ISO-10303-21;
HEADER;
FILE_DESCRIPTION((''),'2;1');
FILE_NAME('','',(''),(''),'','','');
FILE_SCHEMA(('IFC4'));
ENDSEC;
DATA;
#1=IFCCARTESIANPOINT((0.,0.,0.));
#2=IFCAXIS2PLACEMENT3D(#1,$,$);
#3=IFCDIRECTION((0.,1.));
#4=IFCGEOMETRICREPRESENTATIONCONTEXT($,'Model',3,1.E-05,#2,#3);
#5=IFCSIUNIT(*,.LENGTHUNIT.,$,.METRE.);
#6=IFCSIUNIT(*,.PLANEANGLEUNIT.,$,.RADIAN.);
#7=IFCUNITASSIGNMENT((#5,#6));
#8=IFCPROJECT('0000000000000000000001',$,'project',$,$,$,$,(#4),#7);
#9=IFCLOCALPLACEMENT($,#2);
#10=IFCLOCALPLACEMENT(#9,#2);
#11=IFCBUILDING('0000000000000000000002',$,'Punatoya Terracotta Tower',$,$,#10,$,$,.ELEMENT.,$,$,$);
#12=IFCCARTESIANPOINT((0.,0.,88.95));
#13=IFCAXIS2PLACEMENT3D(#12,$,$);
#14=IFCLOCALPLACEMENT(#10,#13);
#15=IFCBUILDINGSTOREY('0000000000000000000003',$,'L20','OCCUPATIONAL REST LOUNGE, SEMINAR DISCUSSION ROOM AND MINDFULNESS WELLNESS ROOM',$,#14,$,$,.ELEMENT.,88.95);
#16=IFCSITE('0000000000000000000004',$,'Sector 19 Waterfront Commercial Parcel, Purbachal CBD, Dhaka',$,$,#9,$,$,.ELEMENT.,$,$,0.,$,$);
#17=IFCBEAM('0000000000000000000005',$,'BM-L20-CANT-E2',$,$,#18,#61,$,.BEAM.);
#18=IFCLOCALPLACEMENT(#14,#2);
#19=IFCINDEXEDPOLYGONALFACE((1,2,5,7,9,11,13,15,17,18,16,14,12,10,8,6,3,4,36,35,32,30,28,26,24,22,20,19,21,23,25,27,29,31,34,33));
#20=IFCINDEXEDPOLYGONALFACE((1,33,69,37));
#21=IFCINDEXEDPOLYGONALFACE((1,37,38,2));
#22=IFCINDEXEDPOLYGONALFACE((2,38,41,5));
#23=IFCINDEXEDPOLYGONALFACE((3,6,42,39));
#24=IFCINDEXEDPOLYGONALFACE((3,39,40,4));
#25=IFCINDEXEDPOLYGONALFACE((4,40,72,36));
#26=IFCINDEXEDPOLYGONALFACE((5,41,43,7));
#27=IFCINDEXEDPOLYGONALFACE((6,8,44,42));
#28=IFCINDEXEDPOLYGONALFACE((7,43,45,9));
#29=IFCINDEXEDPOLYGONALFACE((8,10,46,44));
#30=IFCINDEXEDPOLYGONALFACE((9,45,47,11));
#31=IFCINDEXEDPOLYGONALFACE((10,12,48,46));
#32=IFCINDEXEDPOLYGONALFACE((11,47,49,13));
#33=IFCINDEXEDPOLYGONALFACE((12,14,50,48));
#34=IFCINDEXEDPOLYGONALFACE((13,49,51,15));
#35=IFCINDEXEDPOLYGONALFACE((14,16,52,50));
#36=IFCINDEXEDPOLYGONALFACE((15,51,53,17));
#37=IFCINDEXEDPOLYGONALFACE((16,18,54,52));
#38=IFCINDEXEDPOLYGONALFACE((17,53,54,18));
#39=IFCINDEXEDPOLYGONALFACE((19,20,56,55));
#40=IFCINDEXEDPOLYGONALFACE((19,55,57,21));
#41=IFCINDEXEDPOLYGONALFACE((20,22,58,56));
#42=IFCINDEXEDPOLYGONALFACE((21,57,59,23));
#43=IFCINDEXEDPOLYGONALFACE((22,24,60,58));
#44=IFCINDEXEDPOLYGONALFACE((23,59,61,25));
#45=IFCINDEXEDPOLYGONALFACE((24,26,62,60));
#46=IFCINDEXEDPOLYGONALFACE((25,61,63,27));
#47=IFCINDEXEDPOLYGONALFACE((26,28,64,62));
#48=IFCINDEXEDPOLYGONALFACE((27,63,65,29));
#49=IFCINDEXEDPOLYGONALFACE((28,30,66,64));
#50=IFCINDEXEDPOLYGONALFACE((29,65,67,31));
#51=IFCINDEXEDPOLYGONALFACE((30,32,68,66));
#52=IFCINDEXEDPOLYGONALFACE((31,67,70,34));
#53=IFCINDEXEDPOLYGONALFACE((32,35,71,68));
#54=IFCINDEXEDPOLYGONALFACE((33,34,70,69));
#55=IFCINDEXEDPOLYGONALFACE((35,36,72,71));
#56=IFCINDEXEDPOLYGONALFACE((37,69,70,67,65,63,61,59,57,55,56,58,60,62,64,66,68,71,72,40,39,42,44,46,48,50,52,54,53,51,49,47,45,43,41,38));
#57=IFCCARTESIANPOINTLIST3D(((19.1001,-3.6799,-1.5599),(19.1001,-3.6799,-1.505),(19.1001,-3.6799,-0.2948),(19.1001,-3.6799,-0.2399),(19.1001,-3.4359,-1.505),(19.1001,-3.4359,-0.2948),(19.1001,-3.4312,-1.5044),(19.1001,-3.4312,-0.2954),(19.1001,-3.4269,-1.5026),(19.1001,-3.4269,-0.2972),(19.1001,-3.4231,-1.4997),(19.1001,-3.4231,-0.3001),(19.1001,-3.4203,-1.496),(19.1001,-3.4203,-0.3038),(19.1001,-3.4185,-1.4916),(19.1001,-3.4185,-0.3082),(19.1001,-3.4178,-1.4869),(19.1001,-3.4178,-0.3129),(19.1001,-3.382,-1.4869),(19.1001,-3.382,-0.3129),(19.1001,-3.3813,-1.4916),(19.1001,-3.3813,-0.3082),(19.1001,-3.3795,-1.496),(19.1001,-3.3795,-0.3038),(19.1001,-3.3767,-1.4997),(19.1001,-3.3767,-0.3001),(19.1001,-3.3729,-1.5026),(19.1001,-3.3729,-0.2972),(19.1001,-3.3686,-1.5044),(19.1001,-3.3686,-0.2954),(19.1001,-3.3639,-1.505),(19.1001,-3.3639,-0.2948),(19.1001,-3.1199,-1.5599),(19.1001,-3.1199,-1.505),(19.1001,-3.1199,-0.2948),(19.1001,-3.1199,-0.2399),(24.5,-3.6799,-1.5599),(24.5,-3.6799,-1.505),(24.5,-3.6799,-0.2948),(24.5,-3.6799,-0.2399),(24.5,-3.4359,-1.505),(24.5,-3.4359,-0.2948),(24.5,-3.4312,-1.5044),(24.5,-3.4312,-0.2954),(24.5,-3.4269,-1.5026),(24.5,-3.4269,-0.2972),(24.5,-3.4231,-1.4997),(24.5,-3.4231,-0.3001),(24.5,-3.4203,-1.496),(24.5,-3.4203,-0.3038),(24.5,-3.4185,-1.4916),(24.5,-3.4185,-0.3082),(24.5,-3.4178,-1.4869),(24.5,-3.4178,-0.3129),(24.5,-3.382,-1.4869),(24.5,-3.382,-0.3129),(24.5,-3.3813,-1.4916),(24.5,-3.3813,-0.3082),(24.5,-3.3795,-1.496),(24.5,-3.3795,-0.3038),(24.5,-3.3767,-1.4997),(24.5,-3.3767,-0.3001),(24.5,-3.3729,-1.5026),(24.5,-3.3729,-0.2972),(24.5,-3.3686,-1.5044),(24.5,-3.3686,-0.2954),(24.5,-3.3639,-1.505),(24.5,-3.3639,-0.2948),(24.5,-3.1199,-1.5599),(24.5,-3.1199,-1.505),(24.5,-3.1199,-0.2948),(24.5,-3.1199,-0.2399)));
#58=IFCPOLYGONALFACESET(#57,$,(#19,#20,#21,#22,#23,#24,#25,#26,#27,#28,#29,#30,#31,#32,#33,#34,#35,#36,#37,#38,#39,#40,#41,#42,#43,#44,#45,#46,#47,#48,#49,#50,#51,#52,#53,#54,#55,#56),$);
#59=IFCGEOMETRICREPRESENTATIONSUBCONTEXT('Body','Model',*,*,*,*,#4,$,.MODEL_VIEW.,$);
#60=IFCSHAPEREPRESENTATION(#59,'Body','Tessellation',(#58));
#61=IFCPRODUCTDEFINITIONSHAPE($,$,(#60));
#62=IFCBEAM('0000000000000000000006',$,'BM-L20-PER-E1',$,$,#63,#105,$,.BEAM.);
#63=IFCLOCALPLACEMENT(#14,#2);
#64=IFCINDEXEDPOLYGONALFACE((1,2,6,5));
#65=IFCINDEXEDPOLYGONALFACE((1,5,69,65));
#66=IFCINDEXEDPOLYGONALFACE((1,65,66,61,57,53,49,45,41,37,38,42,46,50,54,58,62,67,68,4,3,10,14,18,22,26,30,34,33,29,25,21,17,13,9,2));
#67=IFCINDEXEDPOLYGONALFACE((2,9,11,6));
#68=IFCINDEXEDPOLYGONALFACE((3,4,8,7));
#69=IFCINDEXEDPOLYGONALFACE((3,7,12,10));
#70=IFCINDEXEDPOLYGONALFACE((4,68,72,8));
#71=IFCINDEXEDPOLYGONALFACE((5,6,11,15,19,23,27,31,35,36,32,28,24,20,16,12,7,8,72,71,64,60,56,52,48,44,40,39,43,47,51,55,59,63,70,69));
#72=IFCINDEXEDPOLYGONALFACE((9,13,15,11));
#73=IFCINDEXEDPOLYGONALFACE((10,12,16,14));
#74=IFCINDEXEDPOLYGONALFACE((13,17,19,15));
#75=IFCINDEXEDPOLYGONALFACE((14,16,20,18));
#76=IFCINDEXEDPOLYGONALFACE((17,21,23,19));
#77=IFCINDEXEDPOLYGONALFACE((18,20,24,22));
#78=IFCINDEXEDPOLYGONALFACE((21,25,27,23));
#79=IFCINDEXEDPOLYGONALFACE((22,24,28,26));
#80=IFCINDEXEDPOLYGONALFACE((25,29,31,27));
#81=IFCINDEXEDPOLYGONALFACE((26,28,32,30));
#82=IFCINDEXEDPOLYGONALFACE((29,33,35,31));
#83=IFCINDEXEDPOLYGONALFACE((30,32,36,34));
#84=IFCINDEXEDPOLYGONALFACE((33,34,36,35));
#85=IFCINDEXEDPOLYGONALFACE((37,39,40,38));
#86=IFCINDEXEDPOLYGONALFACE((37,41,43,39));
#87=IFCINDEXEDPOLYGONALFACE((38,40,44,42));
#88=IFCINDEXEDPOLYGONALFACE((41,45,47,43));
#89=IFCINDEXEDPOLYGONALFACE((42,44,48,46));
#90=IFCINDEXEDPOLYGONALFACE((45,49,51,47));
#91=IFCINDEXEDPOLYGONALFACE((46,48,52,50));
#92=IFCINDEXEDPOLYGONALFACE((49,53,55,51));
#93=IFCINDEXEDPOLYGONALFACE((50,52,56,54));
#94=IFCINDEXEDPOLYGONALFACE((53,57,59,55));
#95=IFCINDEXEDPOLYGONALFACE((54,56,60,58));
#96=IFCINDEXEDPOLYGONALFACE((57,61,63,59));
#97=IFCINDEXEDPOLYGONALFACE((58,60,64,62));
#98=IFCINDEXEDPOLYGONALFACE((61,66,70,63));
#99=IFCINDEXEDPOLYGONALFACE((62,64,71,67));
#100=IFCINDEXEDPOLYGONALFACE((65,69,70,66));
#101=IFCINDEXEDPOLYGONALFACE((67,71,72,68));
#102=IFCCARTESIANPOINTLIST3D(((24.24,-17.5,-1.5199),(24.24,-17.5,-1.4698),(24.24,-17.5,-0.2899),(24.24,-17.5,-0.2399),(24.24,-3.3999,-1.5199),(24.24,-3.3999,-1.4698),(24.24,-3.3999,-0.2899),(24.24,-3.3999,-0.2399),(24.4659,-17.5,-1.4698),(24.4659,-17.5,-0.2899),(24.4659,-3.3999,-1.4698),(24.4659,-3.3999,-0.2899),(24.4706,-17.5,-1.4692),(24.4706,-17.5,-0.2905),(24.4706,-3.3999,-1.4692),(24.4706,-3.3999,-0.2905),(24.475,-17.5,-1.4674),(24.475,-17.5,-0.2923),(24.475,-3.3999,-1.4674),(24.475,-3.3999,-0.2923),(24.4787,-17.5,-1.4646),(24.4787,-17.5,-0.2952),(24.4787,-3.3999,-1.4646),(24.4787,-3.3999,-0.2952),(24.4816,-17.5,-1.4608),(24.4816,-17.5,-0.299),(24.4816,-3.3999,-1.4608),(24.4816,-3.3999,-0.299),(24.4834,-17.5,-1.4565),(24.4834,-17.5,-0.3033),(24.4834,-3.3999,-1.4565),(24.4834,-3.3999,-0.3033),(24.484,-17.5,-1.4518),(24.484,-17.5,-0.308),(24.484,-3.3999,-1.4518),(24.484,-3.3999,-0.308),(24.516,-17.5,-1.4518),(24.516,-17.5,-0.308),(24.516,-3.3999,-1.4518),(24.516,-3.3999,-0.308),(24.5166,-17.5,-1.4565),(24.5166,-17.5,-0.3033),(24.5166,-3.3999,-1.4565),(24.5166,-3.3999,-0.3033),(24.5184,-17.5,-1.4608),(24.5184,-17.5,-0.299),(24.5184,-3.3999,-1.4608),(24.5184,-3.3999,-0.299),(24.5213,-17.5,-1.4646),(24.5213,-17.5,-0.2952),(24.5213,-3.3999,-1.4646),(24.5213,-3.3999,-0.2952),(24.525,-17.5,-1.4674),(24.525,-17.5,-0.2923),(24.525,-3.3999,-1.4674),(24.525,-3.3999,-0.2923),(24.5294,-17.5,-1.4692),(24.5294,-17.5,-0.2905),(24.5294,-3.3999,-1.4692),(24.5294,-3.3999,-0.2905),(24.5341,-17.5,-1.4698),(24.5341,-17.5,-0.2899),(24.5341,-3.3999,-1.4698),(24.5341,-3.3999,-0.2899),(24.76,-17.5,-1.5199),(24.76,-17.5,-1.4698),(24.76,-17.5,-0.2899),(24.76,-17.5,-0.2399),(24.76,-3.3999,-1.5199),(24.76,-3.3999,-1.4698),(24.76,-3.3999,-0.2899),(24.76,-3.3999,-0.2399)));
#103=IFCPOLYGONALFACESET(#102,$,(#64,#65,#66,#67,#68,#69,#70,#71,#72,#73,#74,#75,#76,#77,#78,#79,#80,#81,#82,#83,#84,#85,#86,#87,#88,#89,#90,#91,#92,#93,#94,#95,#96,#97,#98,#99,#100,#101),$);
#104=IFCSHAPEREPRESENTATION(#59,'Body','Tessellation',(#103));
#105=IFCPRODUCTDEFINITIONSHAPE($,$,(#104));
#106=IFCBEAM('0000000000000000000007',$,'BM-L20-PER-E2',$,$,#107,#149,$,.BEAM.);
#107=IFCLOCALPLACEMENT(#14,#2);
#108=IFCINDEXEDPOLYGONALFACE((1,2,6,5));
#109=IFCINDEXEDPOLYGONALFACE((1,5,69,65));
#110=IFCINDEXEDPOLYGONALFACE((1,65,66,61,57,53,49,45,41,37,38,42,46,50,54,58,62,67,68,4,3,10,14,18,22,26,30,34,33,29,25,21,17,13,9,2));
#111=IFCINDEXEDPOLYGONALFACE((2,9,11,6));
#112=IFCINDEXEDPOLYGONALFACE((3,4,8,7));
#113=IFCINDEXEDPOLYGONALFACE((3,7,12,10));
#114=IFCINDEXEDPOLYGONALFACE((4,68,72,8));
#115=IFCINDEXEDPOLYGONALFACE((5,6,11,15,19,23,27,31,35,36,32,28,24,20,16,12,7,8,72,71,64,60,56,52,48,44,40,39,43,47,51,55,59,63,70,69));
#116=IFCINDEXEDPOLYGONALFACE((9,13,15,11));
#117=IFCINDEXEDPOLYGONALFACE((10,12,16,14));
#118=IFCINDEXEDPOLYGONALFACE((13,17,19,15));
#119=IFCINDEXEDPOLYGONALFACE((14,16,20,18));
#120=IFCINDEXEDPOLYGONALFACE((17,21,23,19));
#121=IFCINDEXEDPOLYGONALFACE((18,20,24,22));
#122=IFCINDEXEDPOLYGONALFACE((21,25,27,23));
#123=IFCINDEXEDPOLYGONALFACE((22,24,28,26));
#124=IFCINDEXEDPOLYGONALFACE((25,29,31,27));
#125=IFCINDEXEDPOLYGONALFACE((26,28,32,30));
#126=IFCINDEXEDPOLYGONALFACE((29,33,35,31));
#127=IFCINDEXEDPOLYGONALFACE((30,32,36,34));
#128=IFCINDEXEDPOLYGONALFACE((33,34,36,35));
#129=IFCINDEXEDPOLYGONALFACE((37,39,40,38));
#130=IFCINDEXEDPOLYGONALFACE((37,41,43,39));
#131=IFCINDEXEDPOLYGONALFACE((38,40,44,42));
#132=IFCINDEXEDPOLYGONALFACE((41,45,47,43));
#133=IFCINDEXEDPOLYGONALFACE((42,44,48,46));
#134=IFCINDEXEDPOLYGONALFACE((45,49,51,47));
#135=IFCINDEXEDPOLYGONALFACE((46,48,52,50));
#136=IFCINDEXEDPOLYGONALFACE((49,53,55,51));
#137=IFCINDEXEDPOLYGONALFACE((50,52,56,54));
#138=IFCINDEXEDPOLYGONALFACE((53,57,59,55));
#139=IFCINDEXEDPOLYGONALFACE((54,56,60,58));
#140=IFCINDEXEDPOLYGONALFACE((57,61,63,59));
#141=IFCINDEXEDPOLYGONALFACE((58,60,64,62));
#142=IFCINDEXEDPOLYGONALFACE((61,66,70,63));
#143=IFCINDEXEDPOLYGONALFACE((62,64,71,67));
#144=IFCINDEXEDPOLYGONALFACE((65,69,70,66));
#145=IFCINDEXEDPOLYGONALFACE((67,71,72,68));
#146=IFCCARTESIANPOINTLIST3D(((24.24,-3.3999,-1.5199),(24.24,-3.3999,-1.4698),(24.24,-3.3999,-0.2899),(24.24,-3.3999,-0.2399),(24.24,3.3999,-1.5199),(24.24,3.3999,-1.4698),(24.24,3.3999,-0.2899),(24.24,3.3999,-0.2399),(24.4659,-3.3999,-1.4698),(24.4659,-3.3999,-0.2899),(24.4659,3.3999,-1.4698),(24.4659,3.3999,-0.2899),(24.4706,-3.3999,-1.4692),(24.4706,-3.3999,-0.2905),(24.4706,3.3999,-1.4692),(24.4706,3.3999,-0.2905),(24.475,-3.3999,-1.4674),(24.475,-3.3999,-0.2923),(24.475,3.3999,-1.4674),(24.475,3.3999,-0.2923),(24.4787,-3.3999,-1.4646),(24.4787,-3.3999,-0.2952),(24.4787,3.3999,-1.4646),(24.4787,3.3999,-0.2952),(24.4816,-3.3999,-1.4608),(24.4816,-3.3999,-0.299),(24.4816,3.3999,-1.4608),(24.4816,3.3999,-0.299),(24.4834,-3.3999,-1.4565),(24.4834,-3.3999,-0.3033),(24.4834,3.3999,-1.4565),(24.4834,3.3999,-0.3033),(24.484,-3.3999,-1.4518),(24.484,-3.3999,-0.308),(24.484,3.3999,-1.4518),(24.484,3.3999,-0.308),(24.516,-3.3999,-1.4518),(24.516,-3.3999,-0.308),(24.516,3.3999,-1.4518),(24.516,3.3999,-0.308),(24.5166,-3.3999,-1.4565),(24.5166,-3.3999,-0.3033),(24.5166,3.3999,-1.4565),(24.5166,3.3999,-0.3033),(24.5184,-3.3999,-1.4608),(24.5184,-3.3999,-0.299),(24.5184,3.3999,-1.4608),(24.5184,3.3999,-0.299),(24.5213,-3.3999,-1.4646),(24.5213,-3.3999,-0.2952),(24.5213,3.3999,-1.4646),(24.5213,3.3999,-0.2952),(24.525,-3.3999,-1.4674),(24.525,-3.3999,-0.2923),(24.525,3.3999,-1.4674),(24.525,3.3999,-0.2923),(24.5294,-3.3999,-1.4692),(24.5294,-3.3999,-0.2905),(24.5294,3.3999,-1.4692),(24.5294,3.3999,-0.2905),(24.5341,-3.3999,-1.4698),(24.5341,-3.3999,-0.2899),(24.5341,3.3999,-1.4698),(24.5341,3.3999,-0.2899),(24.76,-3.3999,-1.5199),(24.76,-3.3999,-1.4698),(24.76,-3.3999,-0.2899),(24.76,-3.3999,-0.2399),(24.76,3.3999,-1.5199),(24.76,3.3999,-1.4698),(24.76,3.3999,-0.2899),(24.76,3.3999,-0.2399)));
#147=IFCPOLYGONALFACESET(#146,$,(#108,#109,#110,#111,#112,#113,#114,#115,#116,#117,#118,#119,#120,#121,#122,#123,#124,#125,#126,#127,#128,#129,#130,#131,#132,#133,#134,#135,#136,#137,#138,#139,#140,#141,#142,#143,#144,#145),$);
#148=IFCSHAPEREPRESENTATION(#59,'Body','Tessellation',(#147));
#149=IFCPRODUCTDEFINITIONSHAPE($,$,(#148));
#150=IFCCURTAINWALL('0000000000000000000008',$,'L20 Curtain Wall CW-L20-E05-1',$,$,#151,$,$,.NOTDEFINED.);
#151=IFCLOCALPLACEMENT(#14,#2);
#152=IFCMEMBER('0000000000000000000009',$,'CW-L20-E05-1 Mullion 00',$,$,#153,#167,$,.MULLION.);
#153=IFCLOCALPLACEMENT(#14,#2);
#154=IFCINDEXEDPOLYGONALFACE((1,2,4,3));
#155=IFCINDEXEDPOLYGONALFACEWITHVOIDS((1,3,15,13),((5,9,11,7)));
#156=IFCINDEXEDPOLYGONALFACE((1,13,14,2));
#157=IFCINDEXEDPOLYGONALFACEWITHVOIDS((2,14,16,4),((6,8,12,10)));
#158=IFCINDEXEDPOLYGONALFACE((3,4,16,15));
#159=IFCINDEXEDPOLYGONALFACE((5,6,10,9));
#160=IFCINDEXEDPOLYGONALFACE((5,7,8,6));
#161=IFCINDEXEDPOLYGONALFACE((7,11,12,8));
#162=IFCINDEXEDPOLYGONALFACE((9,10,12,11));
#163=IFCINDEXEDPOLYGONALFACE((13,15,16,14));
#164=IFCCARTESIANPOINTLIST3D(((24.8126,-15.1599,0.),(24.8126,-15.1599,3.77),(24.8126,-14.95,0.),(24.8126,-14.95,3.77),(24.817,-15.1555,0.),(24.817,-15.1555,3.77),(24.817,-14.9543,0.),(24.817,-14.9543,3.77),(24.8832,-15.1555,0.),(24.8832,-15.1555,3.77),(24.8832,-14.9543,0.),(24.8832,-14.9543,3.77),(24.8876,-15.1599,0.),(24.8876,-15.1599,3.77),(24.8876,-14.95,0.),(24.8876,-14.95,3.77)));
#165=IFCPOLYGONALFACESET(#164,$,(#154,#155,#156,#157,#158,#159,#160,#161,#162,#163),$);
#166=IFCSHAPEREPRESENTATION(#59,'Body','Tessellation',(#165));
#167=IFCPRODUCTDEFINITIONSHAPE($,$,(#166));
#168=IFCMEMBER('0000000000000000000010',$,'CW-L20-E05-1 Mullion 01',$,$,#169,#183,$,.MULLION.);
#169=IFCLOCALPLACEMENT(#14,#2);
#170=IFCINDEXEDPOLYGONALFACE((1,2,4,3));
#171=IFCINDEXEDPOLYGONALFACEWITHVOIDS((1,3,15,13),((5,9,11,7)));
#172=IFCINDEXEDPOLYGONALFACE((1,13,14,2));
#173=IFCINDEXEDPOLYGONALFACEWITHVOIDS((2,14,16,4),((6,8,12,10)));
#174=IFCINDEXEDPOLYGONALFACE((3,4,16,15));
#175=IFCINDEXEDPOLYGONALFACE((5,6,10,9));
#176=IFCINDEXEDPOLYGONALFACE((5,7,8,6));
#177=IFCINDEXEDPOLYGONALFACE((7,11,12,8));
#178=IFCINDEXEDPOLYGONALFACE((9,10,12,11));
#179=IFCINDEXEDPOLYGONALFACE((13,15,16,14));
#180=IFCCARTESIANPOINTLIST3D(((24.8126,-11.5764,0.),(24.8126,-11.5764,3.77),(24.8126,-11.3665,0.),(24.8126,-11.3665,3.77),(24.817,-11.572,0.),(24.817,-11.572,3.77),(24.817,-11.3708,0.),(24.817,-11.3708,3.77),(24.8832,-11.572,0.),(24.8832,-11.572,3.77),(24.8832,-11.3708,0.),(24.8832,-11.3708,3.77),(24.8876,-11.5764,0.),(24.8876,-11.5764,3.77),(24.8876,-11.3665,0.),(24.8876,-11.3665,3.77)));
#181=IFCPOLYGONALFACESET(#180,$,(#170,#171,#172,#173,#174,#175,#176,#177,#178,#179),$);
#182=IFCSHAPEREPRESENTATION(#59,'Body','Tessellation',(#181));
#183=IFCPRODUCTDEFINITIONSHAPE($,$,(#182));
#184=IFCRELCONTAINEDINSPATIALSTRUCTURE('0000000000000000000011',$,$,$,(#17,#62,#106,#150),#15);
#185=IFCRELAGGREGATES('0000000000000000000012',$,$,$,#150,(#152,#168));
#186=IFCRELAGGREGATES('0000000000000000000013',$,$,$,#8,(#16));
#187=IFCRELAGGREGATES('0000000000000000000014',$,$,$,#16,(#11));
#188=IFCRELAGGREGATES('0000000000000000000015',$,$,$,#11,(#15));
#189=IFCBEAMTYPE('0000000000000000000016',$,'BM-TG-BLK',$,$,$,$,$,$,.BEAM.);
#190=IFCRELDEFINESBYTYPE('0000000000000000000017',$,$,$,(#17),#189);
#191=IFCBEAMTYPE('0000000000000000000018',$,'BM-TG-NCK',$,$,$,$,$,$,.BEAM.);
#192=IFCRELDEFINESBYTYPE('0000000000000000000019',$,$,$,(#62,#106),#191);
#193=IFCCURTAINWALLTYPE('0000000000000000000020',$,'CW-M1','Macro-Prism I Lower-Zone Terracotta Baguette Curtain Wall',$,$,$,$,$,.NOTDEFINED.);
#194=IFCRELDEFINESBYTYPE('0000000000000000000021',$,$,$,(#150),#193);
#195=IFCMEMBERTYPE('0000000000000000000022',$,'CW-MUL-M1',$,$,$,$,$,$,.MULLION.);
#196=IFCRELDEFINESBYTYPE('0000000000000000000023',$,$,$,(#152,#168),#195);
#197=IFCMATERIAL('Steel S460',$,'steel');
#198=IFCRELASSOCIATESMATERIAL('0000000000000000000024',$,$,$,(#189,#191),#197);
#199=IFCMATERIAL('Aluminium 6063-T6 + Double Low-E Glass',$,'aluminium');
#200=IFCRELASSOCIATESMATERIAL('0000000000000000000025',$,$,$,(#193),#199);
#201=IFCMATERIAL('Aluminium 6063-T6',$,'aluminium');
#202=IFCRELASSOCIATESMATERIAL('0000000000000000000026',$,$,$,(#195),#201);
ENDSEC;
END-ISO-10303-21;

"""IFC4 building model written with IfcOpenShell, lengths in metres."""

from ifc_helpers import new_model, si_unit, direction, frame, origin, origin_2d, place, context, subcontext, project, spatial, hollow_rectangle, i_section, extrude, material, material_profile, profile_set, type_object, element, aggregate, save


model = new_model("IFC4")

# Units and contexts
model_context = context("Model", 3, precision=1e-05, world=origin(), true_north=direction((0.0, 1.0)))
body_context = subcontext(model_context, "Body", "Model", "MODEL_VIEW")
ifc_project = project(units=[si_unit("LENGTHUNIT", "METRE"), si_unit("PLANEANGLEUNIT", "RADIAN")], contexts=[model_context])

# Site, building, storey
site_placement = place(None, origin())
site = spatial("IfcSite", under=ifc_project, at=site_placement, Name="Sector 19 Waterfront Commercial Parcel, Purbachal CBD, Dhaka", CompositionType="ELEMENT", RefElevation=0.0)
building_placement = place(site_placement, origin())
building = spatial("IfcBuilding", under=site, at=building_placement, Name="Punatoya Terracotta Tower", CompositionType="ELEMENT")
storey_placement = place(building_placement, frame((0.0, 0.0, 88.95)))
storey = spatial("IfcBuildingStorey", under=building, at=storey_placement, Name="L20", Description="OCCUPATIONAL REST LOUNGE, SEMINAR DISCUSSION ROOM AND MINDFULNESS WELLNESS ROOM", CompositionType="ELEMENT", Elevation=88.95)

# Shared definitions
ifc_material_1 = material(Name="Steel S460", Category="steel")

# Beams
ifc_material_profile_1 = material_profile(ifc_material_1, i_section(OverallWidth=0.5601, OverallDepth=1.3201, WebThickness=0.0359, FlangeThickness=0.0549, FilletRadius=0.0181, at=origin_2d()))
ifc_profile_set_1 = profile_set([ifc_material_profile_1], Name="Steel S460")
beam_type_1 = type_object("IfcBeamType", Name="BM-TG-BLK", PredefinedType="BEAM", material=ifc_profile_set_1)
beam_1_placement = place(storey_placement, frame((19.1001, -3.3999, -0.8999), z_axis=(1.0, 0.0, 0.0), x_axis=(0.0, 1.0, 0.0)))
element("IfcBeam", 1, at=beam_1_placement, inside=storey, type_object=beam_type_1, Name="BM-L20-CANT-E2", PredefinedType="BEAM", context=body_context, shape_type="SweptSolid", body=[
    extrude(i_section(OverallWidth=0.5601, OverallDepth=1.3201, WebThickness=0.0359, FlangeThickness=0.0549, FilletRadius=0.0181, at=origin_2d()), origin(), (0.0, 0.0, 1.0), 5.3999),
])
ifc_material_profile_2 = material_profile(ifc_material_1, i_section(OverallWidth=0.52, OverallDepth=1.28, WebThickness=0.032, FlangeThickness=0.05, FilletRadius=0.0181, at=origin_2d()))
ifc_profile_set_2 = profile_set([ifc_material_profile_2], Name="Steel S460")
beam_type_2 = type_object("IfcBeamType", Name="BM-TG-NCK", PredefinedType="BEAM", material=ifc_profile_set_2)
beam_2_placement = place(storey_placement, frame((24.5, -17.5, -0.8799), z_axis=(0.0, 1.0, 0.0), x_axis=(-1.0, 0.0, 0.0)))
element("IfcBeam", 2, at=beam_2_placement, inside=storey, type_object=beam_type_2, Name="BM-L20-PER-E1", PredefinedType="BEAM", context=body_context, shape_type="SweptSolid", body=[
    extrude(i_section(OverallWidth=0.52, OverallDepth=1.28, WebThickness=0.032, FlangeThickness=0.05, FilletRadius=0.0181, at=origin_2d()), origin(), (0.0, 0.0, 1.0), 14.1001),
])
beam_3_placement = place(storey_placement, frame((24.5, -3.3999, -0.8799), z_axis=(0.0, 1.0, 0.0), x_axis=(-1.0, 0.0, 0.0)))
element("IfcBeam", 3, at=beam_3_placement, inside=storey, type_object=beam_type_2, Name="BM-L20-PER-E2", PredefinedType="BEAM", context=body_context, shape_type="SweptSolid", body=[
    extrude(i_section(OverallWidth=0.52, OverallDepth=1.28, WebThickness=0.032, FlangeThickness=0.05, FilletRadius=0.0181, at=origin_2d()), origin(), (0.0, 0.0, 1.0), 6.7998),
])

# Curtain wall, members
ifc_material_2 = material(Name="Aluminium 6063-T6 + Double Low-E Glass", Category="aluminium")
curtain_wall_type = type_object("IfcCurtainWallType", Name="CW-M1", Description="Macro-Prism I Lower-Zone Terracotta Baguette Curtain Wall", PredefinedType="NOTDEFINED", material=ifc_material_2)
curtain_wall_placement = place(storey_placement, origin())
curtain_wall = element("IfcCurtainWall", 4, at=curtain_wall_placement, inside=storey, type_object=curtain_wall_type, Name="L20 Curtain Wall CW-L20-E05-1", PredefinedType="NOTDEFINED")
ifc_material_3 = material(Name="Aluminium 6063-T6", Category="aluminium")
ifc_material_profile_3 = material_profile(ifc_material_3, hollow_rectangle(XDim=0.075, YDim=0.21, WallThickness=0.0044, at=origin_2d()))
ifc_profile_set_3 = profile_set([ifc_material_profile_3], Name="Aluminium 6063-T6")
member_type_1 = type_object("IfcMemberType", Name="CW-MUL-M1", PredefinedType="MULLION", material=ifc_profile_set_3)
member_1_placement = place(storey_placement, frame((24.8501, -15.0549, 0.0), z_axis=(0.0, 0.0, 1.0), x_axis=(1.0, 0.0, 0.0)))
member_1 = element("IfcMember", 5, at=member_1_placement, type_object=member_type_1, Name="CW-L20-E05-1 Mullion 00", PredefinedType="MULLION", context=body_context, shape_type="SweptSolid", body=[
    extrude(hollow_rectangle(XDim=0.075, YDim=0.21, WallThickness=0.0044, at=origin_2d()), origin(), (0.0, 0.0, 1.0), 3.77),
])
member_2_placement = place(storey_placement, frame((24.8501, -11.4714, 0.0), z_axis=(0.0, 0.0, 1.0), x_axis=(1.0, 0.0, 0.0)))
member_2 = element("IfcMember", 6, at=member_2_placement, type_object=member_type_1, Name="CW-L20-E05-1 Mullion 01", PredefinedType="MULLION", context=body_context, shape_type="SweptSolid", body=[
    extrude(hollow_rectangle(XDim=0.075, YDim=0.21, WallThickness=0.0044, at=origin_2d()), origin(), (0.0, 0.0, 1.0), 3.77),
])
aggregate(curtain_wall, [member_1, member_2])

save(model, "model.ifc")
